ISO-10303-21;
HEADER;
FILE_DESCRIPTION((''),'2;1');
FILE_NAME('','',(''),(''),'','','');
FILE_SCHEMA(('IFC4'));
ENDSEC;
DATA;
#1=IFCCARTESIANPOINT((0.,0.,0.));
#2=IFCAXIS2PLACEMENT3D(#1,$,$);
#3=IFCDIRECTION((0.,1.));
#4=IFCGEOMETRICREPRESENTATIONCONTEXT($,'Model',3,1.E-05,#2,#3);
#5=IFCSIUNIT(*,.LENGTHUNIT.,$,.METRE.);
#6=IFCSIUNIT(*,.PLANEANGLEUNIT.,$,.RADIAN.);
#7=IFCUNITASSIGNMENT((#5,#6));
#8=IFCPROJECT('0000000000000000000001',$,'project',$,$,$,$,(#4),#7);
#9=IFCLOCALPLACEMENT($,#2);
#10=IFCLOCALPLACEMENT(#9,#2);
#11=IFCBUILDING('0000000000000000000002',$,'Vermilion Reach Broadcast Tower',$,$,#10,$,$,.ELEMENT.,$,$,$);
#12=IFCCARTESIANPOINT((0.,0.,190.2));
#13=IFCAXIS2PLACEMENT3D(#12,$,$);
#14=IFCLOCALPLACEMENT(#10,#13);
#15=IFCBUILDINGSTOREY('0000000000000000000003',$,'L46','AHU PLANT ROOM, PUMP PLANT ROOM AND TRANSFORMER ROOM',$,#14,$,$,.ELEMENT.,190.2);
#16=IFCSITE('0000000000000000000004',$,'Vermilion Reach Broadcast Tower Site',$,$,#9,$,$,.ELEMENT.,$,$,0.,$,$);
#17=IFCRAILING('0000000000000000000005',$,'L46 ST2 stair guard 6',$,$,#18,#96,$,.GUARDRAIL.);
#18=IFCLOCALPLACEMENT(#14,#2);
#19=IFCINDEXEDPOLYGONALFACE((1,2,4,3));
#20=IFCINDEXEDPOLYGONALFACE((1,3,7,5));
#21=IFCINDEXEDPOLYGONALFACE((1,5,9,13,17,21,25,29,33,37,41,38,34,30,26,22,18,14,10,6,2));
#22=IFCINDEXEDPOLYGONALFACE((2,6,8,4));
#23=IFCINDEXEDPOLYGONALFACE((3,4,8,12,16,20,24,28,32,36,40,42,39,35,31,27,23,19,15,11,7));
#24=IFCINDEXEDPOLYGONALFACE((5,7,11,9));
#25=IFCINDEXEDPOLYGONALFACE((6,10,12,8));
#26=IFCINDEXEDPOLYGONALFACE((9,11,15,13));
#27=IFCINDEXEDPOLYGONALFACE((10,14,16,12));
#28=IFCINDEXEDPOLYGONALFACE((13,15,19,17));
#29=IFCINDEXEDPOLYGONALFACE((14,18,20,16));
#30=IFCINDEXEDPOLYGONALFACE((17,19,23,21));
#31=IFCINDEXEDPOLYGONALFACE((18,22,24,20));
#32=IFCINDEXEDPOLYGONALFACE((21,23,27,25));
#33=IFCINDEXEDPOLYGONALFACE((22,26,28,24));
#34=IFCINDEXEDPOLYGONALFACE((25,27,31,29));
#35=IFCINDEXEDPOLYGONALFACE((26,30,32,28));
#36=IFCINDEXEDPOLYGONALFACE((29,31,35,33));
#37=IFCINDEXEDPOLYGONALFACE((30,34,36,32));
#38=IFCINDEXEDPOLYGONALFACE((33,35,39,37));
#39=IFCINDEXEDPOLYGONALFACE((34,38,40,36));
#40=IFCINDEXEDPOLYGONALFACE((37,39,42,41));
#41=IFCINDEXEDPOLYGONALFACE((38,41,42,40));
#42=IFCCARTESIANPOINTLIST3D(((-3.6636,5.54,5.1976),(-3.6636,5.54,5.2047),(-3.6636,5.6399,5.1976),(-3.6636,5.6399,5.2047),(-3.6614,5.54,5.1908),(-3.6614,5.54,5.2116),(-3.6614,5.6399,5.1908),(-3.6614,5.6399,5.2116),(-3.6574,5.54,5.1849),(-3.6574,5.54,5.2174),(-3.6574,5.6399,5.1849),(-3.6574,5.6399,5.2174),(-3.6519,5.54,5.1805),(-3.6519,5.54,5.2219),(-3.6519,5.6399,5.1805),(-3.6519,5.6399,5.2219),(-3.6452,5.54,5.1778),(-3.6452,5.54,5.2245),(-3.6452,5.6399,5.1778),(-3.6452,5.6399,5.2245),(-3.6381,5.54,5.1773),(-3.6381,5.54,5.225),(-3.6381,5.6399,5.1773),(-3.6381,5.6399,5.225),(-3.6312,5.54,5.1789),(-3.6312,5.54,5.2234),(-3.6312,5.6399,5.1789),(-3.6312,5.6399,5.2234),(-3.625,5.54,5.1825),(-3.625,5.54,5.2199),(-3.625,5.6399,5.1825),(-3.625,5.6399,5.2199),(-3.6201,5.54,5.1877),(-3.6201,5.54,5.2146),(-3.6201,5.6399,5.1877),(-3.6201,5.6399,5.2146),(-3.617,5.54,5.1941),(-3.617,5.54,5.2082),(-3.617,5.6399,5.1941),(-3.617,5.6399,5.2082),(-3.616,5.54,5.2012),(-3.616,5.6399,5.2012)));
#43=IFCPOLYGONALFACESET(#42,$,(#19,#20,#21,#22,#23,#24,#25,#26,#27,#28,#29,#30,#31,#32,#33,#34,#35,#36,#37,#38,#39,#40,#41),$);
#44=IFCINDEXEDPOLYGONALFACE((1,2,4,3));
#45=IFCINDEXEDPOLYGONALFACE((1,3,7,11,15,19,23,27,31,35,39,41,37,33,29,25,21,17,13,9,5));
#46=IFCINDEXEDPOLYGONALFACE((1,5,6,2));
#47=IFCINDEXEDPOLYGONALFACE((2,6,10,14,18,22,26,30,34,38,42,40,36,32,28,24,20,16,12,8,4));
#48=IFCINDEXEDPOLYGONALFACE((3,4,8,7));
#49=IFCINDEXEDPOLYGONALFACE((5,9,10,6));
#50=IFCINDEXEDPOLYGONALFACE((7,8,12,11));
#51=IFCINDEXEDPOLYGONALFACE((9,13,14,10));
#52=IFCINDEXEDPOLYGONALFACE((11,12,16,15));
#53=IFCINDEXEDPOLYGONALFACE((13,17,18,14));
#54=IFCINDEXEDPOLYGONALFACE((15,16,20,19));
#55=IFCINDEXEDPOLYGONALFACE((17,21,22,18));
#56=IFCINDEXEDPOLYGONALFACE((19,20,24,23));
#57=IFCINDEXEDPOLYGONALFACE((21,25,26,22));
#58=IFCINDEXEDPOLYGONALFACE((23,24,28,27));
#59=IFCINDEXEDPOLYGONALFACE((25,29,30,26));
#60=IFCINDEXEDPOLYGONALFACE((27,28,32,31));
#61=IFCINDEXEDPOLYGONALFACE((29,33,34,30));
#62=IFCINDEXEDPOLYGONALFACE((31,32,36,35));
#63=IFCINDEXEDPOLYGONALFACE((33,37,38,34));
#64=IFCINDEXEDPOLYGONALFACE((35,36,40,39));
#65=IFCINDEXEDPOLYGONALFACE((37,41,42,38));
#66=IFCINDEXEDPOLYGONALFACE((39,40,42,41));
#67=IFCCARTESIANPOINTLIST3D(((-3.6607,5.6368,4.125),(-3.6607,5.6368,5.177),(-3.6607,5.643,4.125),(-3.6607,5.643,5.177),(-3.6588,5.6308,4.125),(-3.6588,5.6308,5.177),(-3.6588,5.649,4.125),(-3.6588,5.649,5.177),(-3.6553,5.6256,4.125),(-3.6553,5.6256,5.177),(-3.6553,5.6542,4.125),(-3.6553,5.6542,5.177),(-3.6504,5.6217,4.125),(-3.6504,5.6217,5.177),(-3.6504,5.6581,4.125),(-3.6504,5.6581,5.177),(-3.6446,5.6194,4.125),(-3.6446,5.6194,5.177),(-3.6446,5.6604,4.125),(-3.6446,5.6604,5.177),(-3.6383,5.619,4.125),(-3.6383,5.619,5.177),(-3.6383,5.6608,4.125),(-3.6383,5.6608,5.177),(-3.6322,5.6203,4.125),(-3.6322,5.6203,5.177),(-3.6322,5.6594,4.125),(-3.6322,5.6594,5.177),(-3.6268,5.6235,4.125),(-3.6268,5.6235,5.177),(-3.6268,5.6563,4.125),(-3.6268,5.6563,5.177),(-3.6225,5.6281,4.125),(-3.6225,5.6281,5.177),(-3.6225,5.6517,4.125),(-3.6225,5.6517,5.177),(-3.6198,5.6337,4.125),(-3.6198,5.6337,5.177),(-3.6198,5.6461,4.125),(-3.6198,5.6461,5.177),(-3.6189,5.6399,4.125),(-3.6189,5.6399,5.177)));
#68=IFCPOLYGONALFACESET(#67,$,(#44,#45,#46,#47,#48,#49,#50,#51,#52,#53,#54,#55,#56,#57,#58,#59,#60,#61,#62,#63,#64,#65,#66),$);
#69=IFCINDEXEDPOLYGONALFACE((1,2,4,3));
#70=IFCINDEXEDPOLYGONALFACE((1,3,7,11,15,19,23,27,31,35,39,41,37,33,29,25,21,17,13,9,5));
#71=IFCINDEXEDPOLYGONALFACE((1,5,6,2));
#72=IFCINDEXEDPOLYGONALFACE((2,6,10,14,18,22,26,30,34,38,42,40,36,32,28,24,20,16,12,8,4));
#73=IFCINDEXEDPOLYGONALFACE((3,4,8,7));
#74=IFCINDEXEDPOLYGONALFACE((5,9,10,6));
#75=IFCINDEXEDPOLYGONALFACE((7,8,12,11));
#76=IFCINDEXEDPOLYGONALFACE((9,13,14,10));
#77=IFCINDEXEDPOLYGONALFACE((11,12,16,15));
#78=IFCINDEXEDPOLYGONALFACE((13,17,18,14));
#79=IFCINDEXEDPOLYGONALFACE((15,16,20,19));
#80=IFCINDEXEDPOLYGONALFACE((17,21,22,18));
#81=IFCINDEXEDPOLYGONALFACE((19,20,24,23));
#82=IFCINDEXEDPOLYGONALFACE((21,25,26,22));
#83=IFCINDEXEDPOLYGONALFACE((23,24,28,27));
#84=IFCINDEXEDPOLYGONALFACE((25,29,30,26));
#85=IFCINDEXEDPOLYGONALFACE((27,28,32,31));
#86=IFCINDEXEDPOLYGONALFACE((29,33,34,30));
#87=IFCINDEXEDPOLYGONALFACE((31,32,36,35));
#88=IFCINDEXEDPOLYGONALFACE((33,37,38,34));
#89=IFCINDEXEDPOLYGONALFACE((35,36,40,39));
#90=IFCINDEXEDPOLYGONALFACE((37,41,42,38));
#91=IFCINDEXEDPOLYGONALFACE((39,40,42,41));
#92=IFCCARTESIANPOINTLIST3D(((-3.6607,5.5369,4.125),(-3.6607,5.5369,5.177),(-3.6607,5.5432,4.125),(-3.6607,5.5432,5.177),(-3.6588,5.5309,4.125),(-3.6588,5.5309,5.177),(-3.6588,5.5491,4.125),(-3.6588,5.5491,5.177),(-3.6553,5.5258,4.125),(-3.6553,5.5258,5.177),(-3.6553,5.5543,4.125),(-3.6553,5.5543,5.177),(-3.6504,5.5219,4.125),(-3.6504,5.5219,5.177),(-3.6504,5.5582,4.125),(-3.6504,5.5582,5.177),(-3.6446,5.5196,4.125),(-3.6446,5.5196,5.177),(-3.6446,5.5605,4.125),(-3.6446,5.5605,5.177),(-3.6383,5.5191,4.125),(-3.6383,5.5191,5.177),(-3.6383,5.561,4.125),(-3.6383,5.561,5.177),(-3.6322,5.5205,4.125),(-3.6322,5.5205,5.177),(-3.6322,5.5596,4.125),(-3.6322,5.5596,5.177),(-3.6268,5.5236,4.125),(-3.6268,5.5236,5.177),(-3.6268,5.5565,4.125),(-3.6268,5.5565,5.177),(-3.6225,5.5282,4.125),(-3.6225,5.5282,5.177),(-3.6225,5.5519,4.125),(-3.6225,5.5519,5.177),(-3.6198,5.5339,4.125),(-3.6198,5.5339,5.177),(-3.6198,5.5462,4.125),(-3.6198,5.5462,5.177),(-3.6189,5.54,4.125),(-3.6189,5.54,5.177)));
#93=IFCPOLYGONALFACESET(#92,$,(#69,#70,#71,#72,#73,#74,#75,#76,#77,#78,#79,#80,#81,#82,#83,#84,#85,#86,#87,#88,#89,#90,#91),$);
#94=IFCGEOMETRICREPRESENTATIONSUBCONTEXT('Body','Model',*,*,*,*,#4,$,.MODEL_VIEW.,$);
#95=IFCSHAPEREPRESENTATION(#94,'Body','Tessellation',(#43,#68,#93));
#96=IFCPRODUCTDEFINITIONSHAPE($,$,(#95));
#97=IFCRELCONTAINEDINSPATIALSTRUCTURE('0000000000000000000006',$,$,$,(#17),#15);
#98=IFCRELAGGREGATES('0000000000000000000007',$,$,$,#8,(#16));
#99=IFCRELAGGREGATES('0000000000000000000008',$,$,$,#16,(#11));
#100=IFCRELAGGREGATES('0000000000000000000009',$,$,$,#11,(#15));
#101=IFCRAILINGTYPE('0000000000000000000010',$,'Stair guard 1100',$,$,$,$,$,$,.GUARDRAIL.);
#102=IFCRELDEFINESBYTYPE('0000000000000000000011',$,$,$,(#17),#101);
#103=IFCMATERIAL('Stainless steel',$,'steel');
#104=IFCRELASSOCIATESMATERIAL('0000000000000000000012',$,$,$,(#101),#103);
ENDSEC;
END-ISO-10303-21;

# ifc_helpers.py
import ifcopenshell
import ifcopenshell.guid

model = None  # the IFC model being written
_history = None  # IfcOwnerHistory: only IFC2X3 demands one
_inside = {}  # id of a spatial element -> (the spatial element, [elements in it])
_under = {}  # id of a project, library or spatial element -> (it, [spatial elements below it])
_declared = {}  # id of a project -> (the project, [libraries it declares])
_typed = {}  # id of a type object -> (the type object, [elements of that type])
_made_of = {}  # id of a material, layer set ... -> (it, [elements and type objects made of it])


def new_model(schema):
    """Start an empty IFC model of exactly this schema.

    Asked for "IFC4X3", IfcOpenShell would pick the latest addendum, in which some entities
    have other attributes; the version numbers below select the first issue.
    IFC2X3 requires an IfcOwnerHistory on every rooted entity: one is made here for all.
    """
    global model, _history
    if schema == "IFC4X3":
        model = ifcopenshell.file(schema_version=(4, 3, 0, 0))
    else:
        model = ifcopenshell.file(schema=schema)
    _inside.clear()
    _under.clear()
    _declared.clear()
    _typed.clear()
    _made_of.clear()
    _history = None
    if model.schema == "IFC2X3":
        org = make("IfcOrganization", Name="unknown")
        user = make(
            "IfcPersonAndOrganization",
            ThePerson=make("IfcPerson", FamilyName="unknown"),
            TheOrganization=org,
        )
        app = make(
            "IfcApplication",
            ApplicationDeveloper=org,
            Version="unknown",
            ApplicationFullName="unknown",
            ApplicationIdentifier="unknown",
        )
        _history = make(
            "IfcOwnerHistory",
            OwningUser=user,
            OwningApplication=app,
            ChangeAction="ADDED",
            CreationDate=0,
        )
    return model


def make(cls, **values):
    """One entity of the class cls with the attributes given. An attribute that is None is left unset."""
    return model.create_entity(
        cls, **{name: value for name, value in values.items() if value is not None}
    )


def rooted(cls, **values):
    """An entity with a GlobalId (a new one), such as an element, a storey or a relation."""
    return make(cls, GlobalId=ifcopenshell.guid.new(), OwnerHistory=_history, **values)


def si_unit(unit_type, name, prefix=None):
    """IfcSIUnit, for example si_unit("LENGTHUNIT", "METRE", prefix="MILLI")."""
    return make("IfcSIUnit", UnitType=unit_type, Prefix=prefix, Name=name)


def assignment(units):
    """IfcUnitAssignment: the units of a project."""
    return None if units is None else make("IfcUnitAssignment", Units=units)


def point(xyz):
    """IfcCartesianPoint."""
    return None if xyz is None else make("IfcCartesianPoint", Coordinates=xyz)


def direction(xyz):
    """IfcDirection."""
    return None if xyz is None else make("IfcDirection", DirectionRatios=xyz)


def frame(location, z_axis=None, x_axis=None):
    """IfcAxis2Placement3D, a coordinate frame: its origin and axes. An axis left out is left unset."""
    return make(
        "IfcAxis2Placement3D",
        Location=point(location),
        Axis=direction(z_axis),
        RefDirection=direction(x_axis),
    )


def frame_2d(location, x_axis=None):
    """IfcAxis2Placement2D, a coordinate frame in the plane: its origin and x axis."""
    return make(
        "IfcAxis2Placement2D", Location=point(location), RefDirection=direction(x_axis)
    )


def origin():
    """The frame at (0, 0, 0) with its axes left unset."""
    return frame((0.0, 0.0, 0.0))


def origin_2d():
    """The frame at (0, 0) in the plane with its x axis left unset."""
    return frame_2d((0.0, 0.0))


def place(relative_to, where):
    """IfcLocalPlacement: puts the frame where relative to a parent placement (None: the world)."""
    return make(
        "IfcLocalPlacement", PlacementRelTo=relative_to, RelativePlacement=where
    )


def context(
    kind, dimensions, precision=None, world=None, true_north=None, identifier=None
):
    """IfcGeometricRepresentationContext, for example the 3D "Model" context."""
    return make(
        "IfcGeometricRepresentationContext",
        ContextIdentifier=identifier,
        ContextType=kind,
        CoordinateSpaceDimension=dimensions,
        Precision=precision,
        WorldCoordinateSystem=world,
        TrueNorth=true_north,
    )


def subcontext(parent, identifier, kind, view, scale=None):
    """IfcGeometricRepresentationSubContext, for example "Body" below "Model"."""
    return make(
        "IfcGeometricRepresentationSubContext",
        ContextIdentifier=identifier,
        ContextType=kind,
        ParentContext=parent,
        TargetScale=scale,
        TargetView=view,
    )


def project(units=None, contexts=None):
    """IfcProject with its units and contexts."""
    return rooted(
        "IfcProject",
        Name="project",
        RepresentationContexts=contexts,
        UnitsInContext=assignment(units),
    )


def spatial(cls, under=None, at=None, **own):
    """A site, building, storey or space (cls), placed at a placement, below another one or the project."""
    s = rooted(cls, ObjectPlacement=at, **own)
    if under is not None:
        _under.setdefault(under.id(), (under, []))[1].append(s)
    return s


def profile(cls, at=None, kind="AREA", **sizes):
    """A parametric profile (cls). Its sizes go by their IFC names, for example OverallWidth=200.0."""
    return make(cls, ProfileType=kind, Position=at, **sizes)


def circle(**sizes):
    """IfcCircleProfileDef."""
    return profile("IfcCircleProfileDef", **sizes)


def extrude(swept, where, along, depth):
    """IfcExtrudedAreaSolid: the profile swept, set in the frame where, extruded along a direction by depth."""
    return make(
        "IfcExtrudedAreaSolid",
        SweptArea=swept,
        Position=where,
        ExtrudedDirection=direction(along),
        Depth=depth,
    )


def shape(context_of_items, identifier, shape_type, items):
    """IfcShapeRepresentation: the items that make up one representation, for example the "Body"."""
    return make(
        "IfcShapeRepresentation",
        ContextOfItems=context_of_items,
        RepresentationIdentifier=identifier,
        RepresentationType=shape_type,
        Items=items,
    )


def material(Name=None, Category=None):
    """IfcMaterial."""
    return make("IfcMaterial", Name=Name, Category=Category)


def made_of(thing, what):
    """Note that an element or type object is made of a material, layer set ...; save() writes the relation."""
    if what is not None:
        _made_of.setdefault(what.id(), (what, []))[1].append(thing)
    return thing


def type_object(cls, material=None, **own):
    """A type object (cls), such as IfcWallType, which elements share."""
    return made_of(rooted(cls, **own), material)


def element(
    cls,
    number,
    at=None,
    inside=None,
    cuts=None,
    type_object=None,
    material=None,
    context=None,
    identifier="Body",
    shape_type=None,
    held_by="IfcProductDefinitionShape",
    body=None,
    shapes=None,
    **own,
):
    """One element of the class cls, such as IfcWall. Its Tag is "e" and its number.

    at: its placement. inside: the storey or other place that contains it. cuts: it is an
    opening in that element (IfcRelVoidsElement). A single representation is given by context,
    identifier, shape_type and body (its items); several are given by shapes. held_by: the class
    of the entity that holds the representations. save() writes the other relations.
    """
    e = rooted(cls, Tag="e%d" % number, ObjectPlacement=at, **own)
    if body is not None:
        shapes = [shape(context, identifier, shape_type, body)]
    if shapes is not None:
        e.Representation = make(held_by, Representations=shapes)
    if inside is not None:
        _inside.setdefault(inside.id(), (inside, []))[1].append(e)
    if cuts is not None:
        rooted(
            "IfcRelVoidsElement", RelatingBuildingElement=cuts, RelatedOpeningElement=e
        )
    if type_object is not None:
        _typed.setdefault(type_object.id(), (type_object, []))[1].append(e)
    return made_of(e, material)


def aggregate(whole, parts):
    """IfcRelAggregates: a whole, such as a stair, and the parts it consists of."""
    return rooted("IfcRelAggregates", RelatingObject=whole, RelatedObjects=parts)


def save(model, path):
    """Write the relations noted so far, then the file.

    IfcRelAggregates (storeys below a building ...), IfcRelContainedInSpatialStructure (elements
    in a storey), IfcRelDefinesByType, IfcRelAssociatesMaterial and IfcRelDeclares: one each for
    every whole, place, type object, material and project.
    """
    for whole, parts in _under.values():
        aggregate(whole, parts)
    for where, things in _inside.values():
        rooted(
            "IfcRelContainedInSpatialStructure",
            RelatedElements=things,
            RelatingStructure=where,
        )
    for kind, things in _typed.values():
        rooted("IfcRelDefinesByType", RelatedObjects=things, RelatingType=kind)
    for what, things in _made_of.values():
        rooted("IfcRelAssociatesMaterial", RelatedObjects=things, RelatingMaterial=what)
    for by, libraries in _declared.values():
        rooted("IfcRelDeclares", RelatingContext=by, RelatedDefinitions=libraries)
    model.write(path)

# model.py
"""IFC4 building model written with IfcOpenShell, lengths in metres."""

from ifc_helpers import new_model, si_unit, direction, frame, origin, origin_2d, place, context, subcontext, project, spatial, circle, extrude, material, type_object, element, save


model = new_model("IFC4")

# Units and contexts
model_context = context("Model", 3, precision=1e-05, world=origin(), true_north=direction((0.0, 1.0)))
body_context = subcontext(model_context, "Body", "Model", "MODEL_VIEW")
ifc_project = project(units=[si_unit("LENGTHUNIT", "METRE"), si_unit("PLANEANGLEUNIT", "RADIAN")], contexts=[model_context])

# Site, building, storey
site_placement = place(None, origin())
site = spatial("IfcSite", under=ifc_project, at=site_placement, Name="Vermilion Reach Broadcast Tower Site", CompositionType="ELEMENT", RefElevation=0.0)
building_placement = place(site_placement, origin())
building = spatial("IfcBuilding", under=site, at=building_placement, Name="Vermilion Reach Broadcast Tower", CompositionType="ELEMENT")
storey_placement = place(building_placement, frame((0.0, 0.0, 190.2)))
storey = spatial("IfcBuildingStorey", under=building, at=storey_placement, Name="L46", Description="AHU PLANT ROOM, PUMP PLANT ROOM AND TRANSFORMER ROOM", CompositionType="ELEMENT", Elevation=190.2)

# Railing
ifc_material_1 = material(Name="Stainless steel", Category="steel")
railing_type_1 = type_object("IfcRailingType", Name="Stair guard 1100", PredefinedType="GUARDRAIL", material=ifc_material_1)
railing_1_placement = place(storey_placement, frame((-3.6399, 5.6399, 4.125)))
element("IfcRailing", 1, at=railing_1_placement, inside=storey, type_object=railing_type_1, Name="L46 ST2 stair guard 6", PredefinedType="GUARDRAIL", context=body_context, shape_type="SweptSolid", body=[
    extrude(circle(Radius=0.0239, at=origin_2d()), frame((0.0, 0.0, 1.0762), z_axis=(0.0, -1.0, 0.0), x_axis=(1.0, 0.0, 0.0)), (0.0, 0.0, 1.0), 0.0999),
    extrude(circle(Radius=0.021, at=origin_2d()), origin(), (0.0, 0.0, 1.0), 1.052),
    extrude(circle(Radius=0.021, at=origin_2d()), frame((0.0, -0.0999, 0.0)), (0.0, 0.0, 1.0), 1.052),
])

save(model, "model.ifc")
